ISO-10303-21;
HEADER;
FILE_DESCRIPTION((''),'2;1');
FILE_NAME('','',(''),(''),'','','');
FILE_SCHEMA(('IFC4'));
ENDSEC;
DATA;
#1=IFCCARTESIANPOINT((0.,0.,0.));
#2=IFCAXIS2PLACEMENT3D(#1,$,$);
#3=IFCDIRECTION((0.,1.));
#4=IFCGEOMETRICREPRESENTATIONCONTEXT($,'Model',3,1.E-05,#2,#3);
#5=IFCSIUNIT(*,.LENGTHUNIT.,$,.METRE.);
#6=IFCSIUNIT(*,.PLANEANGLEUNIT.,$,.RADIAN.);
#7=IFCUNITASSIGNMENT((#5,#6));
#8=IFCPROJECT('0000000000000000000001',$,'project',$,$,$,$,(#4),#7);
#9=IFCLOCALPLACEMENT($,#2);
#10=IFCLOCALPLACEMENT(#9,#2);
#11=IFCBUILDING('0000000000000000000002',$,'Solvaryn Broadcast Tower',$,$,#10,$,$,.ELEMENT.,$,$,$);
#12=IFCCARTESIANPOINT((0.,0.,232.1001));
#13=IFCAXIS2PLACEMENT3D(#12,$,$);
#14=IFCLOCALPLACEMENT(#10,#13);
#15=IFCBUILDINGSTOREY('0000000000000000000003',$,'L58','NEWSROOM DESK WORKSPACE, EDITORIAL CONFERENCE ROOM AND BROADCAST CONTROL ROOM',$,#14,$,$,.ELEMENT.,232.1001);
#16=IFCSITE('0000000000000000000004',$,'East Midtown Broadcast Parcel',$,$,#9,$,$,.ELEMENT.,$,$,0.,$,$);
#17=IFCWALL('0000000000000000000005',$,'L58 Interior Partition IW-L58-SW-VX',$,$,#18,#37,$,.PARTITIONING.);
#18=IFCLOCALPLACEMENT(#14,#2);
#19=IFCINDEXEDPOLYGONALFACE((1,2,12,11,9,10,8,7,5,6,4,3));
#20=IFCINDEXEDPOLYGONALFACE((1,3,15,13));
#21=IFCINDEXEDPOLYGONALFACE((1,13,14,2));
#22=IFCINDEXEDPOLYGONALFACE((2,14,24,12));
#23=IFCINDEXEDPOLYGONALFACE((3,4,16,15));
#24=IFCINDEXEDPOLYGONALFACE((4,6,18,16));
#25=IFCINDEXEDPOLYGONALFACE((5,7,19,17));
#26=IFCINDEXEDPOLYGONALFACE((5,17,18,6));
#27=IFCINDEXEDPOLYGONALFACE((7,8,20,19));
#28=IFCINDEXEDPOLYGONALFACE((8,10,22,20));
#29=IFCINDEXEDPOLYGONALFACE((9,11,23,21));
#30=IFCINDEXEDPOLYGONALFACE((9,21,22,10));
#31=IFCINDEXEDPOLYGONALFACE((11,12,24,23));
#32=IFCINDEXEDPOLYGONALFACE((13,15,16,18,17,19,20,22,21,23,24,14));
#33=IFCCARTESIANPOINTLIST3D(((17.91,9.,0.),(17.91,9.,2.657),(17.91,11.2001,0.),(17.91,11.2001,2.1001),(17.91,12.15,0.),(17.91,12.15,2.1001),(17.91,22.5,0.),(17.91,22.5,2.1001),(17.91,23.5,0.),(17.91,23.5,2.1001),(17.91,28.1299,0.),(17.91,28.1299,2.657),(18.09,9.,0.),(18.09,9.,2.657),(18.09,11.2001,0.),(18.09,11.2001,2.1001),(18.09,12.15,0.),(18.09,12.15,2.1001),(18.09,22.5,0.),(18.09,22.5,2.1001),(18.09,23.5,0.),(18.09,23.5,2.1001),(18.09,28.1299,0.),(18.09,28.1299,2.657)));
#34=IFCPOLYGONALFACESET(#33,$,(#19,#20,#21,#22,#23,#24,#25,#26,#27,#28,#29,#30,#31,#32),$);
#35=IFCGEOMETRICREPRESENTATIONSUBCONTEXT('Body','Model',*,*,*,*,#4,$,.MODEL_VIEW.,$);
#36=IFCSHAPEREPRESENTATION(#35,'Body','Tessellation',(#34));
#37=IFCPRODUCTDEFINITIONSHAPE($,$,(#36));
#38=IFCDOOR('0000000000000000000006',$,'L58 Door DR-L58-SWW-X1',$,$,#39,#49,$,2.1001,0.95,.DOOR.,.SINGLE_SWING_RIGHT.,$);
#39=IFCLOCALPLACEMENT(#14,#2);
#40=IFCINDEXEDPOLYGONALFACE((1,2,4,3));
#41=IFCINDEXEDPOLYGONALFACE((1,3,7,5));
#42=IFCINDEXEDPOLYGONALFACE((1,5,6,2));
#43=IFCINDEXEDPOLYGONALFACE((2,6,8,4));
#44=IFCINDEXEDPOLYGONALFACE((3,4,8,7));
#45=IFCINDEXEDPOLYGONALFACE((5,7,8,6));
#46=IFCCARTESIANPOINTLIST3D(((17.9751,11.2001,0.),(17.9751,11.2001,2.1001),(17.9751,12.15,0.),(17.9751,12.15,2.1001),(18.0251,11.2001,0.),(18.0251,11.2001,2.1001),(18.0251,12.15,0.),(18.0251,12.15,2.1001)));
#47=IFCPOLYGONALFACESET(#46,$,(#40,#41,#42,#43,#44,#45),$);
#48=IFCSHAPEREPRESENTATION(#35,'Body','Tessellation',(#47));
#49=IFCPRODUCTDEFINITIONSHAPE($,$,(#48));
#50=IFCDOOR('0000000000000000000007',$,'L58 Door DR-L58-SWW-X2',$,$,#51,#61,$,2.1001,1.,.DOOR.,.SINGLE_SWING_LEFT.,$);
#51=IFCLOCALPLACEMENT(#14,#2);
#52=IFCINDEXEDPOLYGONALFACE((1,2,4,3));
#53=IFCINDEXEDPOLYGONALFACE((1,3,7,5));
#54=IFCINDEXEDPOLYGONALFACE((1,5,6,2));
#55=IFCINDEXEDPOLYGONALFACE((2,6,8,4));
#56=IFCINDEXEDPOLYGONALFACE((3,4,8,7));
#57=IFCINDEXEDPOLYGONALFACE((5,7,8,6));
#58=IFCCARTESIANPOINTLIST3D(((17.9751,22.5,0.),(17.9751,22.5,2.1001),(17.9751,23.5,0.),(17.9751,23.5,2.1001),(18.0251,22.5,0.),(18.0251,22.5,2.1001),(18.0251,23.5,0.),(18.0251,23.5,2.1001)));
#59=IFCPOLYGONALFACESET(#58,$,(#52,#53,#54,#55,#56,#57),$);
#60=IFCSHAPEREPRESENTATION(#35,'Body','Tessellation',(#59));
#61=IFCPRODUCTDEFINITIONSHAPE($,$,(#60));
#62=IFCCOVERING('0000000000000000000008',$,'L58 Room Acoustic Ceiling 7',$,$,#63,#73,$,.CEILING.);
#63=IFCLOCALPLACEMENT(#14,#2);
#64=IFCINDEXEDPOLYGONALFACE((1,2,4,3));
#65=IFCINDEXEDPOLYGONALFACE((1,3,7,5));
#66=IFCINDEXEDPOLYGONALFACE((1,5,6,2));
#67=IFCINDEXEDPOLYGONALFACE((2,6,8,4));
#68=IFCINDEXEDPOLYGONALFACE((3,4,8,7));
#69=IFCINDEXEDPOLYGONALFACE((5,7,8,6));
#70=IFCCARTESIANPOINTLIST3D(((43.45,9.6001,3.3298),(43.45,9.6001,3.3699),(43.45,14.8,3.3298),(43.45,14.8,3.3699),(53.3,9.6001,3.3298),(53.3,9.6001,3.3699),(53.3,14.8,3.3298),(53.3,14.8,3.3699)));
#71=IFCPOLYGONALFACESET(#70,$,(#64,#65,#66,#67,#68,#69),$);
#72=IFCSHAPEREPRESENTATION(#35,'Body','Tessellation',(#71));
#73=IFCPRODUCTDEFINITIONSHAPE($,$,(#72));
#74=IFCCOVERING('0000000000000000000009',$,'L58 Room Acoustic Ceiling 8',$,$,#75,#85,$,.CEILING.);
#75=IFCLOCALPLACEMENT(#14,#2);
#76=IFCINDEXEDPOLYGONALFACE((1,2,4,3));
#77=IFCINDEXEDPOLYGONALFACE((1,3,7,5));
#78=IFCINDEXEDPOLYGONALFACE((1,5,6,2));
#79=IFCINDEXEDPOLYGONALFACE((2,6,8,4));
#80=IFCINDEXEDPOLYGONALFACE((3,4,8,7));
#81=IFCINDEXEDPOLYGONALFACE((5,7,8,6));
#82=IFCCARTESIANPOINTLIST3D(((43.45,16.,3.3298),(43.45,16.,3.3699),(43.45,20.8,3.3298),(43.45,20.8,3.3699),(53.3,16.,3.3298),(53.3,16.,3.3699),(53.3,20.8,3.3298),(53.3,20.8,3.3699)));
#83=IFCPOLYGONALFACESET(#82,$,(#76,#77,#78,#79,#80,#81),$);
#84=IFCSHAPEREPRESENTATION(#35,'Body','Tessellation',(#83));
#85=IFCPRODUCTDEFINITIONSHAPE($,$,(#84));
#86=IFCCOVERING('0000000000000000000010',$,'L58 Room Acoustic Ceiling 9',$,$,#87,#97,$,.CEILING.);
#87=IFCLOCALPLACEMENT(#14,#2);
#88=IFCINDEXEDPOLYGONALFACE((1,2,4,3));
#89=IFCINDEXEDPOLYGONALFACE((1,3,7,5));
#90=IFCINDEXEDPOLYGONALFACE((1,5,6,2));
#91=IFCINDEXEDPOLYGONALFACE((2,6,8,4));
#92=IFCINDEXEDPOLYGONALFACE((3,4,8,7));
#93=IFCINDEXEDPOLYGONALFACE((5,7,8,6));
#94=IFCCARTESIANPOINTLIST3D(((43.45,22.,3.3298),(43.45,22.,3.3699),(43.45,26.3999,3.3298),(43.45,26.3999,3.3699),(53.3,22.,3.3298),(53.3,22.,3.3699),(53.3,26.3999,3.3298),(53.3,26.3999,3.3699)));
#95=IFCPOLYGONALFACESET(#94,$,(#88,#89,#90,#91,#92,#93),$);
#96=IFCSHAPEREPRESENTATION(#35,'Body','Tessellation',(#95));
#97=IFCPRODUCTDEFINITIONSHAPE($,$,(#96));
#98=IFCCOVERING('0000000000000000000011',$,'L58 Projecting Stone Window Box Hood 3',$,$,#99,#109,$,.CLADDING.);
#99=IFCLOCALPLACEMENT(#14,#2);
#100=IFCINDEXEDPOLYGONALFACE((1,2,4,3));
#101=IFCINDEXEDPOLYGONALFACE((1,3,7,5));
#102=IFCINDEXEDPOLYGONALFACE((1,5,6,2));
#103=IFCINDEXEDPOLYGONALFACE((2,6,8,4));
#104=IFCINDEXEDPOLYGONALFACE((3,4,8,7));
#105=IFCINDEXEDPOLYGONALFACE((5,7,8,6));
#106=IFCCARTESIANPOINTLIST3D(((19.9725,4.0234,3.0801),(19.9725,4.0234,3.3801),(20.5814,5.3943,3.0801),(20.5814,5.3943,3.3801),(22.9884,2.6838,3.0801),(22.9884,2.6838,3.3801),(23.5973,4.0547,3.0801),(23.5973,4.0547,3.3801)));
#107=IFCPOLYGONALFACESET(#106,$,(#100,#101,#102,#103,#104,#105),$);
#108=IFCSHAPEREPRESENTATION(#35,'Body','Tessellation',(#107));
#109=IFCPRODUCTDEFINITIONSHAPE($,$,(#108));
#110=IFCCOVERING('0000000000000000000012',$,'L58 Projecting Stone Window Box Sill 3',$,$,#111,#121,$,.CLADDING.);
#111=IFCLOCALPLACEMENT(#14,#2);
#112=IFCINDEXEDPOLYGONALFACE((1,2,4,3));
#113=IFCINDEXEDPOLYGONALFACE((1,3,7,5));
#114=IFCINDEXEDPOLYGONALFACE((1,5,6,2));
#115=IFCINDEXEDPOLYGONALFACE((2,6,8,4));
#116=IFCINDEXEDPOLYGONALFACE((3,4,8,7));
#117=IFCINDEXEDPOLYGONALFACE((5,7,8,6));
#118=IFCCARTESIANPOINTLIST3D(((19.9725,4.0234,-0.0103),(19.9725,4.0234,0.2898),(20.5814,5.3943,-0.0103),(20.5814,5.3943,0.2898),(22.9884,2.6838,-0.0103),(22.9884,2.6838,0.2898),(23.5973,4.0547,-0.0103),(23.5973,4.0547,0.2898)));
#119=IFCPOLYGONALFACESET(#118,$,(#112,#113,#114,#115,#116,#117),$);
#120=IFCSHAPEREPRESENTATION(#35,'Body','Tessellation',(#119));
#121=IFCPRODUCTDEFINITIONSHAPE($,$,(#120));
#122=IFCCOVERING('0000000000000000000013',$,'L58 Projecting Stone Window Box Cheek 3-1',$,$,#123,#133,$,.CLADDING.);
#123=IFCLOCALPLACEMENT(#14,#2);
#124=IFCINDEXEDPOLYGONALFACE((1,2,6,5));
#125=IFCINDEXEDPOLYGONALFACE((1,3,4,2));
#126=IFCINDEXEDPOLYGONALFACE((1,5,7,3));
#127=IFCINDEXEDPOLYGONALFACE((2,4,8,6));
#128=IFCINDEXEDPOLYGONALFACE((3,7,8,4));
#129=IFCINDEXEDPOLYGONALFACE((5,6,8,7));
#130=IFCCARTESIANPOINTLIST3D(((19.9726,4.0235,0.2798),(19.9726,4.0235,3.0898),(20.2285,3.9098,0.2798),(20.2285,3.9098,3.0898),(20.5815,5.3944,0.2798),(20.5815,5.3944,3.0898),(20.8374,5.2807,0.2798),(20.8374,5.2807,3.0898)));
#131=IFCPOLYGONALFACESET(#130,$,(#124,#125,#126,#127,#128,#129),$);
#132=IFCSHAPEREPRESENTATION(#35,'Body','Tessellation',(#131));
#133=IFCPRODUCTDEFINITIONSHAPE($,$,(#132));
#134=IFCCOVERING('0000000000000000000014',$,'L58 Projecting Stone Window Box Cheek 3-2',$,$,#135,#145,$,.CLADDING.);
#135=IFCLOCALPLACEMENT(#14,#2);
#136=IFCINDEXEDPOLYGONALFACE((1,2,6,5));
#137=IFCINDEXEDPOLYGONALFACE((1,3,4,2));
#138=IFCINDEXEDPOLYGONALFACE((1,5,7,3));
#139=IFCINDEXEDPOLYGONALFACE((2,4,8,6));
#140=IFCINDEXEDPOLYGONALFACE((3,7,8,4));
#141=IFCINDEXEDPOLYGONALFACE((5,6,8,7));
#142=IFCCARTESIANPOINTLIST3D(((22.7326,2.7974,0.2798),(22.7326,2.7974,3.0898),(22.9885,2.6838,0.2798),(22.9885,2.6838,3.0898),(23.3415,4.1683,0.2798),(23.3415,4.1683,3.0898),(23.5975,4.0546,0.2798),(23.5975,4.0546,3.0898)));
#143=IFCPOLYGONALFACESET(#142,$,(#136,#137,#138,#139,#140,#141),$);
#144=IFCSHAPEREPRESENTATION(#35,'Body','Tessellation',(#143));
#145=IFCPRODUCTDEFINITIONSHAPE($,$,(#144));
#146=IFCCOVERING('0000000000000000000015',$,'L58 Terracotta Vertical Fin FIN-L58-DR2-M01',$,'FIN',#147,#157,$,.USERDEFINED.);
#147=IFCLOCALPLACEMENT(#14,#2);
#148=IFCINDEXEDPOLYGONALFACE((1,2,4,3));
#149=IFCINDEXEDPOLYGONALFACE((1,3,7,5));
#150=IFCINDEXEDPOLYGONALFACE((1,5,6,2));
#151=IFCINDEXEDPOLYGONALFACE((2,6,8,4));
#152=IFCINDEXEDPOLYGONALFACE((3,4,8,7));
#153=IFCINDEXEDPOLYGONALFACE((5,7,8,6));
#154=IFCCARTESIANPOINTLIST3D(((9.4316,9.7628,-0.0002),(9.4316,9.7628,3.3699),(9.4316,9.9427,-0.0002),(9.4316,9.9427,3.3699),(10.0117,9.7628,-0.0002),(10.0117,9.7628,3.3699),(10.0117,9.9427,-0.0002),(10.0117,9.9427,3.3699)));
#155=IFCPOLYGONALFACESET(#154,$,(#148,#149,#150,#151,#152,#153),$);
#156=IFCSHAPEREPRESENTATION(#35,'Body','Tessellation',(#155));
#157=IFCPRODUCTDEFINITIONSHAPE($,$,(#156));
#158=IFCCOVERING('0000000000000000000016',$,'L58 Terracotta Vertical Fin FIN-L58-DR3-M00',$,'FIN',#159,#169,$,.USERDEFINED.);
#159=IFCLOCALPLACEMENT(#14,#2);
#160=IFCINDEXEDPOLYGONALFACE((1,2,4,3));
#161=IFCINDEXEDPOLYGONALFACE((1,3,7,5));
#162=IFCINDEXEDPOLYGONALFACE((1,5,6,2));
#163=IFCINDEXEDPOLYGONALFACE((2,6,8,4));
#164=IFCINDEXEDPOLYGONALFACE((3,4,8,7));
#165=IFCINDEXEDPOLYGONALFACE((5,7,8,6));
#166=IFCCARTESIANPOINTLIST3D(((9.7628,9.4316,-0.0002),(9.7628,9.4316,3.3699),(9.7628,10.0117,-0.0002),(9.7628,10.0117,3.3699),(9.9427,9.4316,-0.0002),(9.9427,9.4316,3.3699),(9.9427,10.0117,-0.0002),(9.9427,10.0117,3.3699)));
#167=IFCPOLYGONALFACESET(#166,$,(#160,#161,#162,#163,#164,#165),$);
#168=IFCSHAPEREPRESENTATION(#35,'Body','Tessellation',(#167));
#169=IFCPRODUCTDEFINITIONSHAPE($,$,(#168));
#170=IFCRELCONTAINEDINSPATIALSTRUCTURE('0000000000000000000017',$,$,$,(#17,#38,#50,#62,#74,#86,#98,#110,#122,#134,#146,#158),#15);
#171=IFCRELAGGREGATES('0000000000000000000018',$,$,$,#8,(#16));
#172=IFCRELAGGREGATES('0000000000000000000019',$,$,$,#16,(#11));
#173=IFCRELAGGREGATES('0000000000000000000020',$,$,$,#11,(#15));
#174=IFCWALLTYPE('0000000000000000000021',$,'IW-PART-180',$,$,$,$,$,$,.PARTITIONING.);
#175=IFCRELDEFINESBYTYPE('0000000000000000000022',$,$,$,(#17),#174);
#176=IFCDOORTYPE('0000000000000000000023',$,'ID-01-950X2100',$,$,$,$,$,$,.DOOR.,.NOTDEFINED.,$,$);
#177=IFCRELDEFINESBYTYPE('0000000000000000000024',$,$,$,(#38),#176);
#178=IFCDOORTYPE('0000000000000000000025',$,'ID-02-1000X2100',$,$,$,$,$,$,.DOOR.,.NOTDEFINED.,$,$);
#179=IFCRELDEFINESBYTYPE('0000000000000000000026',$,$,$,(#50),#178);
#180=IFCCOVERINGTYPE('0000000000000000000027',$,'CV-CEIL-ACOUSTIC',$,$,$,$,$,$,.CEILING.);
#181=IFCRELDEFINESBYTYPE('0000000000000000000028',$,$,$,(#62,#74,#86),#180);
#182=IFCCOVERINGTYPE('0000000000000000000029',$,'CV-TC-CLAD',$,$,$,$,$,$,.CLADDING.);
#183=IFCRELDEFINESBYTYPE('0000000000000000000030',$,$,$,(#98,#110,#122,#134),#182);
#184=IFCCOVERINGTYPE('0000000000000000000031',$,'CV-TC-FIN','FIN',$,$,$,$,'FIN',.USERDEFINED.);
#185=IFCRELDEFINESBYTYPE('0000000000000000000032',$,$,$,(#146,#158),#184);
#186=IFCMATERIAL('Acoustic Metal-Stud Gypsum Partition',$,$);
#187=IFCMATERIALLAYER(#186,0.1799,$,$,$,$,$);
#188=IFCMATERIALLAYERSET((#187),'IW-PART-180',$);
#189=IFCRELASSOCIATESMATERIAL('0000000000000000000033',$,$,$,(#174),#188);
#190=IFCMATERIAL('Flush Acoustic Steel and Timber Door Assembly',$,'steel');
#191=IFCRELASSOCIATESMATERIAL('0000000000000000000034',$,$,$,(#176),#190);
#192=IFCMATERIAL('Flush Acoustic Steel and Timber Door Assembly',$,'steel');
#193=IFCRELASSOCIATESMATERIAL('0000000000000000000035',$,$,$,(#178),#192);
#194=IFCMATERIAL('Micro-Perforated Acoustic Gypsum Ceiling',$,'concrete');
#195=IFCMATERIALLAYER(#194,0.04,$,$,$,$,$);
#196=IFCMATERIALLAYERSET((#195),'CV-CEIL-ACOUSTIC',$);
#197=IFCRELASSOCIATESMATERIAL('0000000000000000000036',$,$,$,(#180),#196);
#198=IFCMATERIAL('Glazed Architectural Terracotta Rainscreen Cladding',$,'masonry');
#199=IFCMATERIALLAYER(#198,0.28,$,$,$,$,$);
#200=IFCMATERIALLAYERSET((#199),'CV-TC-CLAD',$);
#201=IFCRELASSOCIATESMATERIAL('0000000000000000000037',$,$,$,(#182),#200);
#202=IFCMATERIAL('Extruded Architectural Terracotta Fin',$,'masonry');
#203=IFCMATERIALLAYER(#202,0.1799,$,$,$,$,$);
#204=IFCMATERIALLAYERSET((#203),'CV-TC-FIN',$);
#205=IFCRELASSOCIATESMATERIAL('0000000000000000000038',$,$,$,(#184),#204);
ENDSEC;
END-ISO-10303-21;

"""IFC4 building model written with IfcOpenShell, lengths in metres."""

from ifc_helpers import new_model, si_unit, direction, frame, frame_2d, origin, origin_2d, place, context, subcontext, project, spatial, polyline, rectangle, outline, extrude, material, layer, layer_set, type_object, element, fill, save


model = new_model("IFC4")

# Units and contexts
model_context = context("Model", 3, precision=1e-05, world=origin(), true_north=direction((0.0, 1.0)))
body_context = subcontext(model_context, "Body", "Model", "MODEL_VIEW")
ifc_project = project(units=[si_unit("LENGTHUNIT", "METRE"), si_unit("PLANEANGLEUNIT", "RADIAN")], contexts=[model_context])

# Site, building, storey
site_placement = place(None, origin())
site = spatial("IfcSite", under=ifc_project, at=site_placement, Name="East Midtown Broadcast Parcel", CompositionType="ELEMENT", RefElevation=0.0)
building_placement = place(site_placement, origin())
building = spatial("IfcBuilding", under=site, at=building_placement, Name="Solvaryn Broadcast Tower", CompositionType="ELEMENT")
storey_placement = place(building_placement, frame((0.0, 0.0, 232.1001)))
storey = spatial("IfcBuildingStorey", under=building, at=storey_placement, Name="L58", Description="NEWSROOM DESK WORKSPACE, EDITORIAL CONFERENCE ROOM AND BROADCAST CONTROL ROOM", CompositionType="ELEMENT", Elevation=232.1001)

# Wall, openings, doors
ifc_material_1 = material(Name="Acoustic Metal-Stud Gypsum Partition")
ifc_layer_1 = layer(ifc_material_1, 0.1799)
ifc_layer_set_1 = layer_set([ifc_layer_1], Name="IW-PART-180")
wall_type = type_object("IfcWallType", Name="IW-PART-180", PredefinedType="PARTITIONING", material=ifc_layer_set_1)
wall_placement = place(storey_placement, frame((18.0, 9.0, 0.0), z_axis=(0.0, 0.0, 1.0), x_axis=(0.0, 1.0, 0.0)))
wall = element("IfcWall", 1, at=wall_placement, inside=storey, type_object=wall_type, Name="L58 Interior Partition IW-L58-SW-VX", PredefinedType="PARTITIONING", context=body_context, shape_type="SweptSolid", body=[
    extrude(rectangle(XDim=19.1299, YDim=0.1799, at=frame_2d((9.5649, 0.0))), origin(), (0.0, 0.0, 1.0), 2.657),
])
opening_1_placement = place(wall_placement, frame((2.2, 0.0, 0.0)))
opening_1 = element("IfcOpeningElement", 2, at=opening_1_placement, cuts=wall, PredefinedType="OPENING", context=body_context, shape_type="SweptSolid", body=[
    extrude(rectangle(XDim=0.95, YDim=2.1001, at=frame_2d((0.4751, 1.05))), frame((0.0, 0.0999, 0.0), z_axis=(0.0, -1.0, 0.0), x_axis=(1.0, 0.0, 0.0)), (0.0, 0.0, 1.0), 0.2),
])
opening_2_placement = place(wall_placement, frame((13.5, 0.0, 0.0)))
opening_2 = element("IfcOpeningElement", 3, at=opening_2_placement, cuts=wall, PredefinedType="OPENING", context=body_context, shape_type="SweptSolid", body=[
    extrude(rectangle(XDim=1.0, YDim=2.1001, at=frame_2d((0.5, 1.05))), frame((0.0, 0.0999, 0.0), z_axis=(0.0, -1.0, 0.0), x_axis=(1.0, 0.0, 0.0)), (0.0, 0.0, 1.0), 0.2),
])
ifc_material_2 = material(Name="Flush Acoustic Steel and Timber Door Assembly", Category="steel")
door_type_1 = type_object("IfcDoorType", Name="ID-01-950X2100", OperationType="NOTDEFINED", PredefinedType="DOOR", material=ifc_material_2)
door_1_placement = place(opening_1_placement, origin())
door_1 = element("IfcDoor", 4, at=door_1_placement, inside=storey, type_object=door_type_1, Name="L58 Door DR-L58-SWW-X1", OperationType="SINGLE_SWING_RIGHT", OverallHeight=2.1001, OverallWidth=0.95, PredefinedType="DOOR", context=body_context, shape_type="SweptSolid", body=[
    extrude(rectangle(XDim=0.95, YDim=2.1001, at=frame_2d((0.4751, 1.05))), frame((0.0, 0.0249, 0.0), z_axis=(0.0, -1.0, 0.0), x_axis=(1.0, 0.0, 0.0)), (0.0, 0.0, 1.0), 0.05),
])
fill(opening_1, door_1)
ifc_material_3 = material(Name="Flush Acoustic Steel and Timber Door Assembly", Category="steel")
door_type_2 = type_object("IfcDoorType", Name="ID-02-1000X2100", OperationType="NOTDEFINED", PredefinedType="DOOR", material=ifc_material_3)
door_2_placement = place(opening_2_placement, origin())
door_2 = element("IfcDoor", 5, at=door_2_placement, inside=storey, type_object=door_type_2, Name="L58 Door DR-L58-SWW-X2", OperationType="SINGLE_SWING_LEFT", OverallHeight=2.1001, OverallWidth=1.0, PredefinedType="DOOR", context=body_context, shape_type="SweptSolid", body=[
    extrude(rectangle(XDim=1.0, YDim=2.1001, at=frame_2d((0.5, 1.05))), frame((0.0, 0.0249, 0.0), z_axis=(0.0, -1.0, 0.0), x_axis=(1.0, 0.0, 0.0)), (0.0, 0.0, 1.0), 0.05),
])
fill(opening_2, door_2)

# Coverings
ifc_material_4 = material(Name="Micro-Perforated Acoustic Gypsum Ceiling", Category="concrete")
ifc_layer_2 = layer(ifc_material_4, 0.04)
ifc_layer_set_2 = layer_set([ifc_layer_2], Name="CV-CEIL-ACOUSTIC")
covering_type_1 = type_object("IfcCoveringType", Name="CV-CEIL-ACOUSTIC", PredefinedType="CEILING", material=ifc_layer_set_2)
covering_1_placement = place(storey_placement, frame((0.0, 0.0, 3.3298)))
element("IfcCovering", 6, at=covering_1_placement, inside=storey, type_object=covering_type_1, Name="L58 Room Acoustic Ceiling 7", PredefinedType="CEILING", context=body_context, shape_type="SweptSolid", body=[
    extrude(outline(polyline([(43.45, 9.6001), (53.3, 9.6001), (53.3, 14.8), (43.45, 14.8), (43.45, 9.6001)])), origin(), (0.0, 0.0, 1.0), 0.04),
])
covering_2_placement = place(storey_placement, frame((0.0, 0.0, 3.3298)))
element("IfcCovering", 7, at=covering_2_placement, inside=storey, type_object=covering_type_1, Name="L58 Room Acoustic Ceiling 8", PredefinedType="CEILING", context=body_context, shape_type="SweptSolid", body=[
    extrude(outline(polyline([(43.45, 16.0), (53.3, 16.0), (53.3, 20.8), (43.45, 20.8), (43.45, 16.0)])), origin(), (0.0, 0.0, 1.0), 0.04),
])
covering_3_placement = place(storey_placement, frame((0.0, 0.0, 3.3298)))
element("IfcCovering", 8, at=covering_3_placement, inside=storey, type_object=covering_type_1, Name="L58 Room Acoustic Ceiling 9", PredefinedType="CEILING", context=body_context, shape_type="SweptSolid", body=[
    extrude(outline(polyline([(43.45, 22.0), (53.3, 22.0), (53.3, 26.3999), (43.45, 26.3999), (43.45, 22.0)])), origin(), (0.0, 0.0, 1.0), 0.04),
])
ifc_material_5 = material(Name="Glazed Architectural Terracotta Rainscreen Cladding", Category="masonry")
ifc_layer_3 = layer(ifc_material_5, 0.28)
ifc_layer_set_3 = layer_set([ifc_layer_3], Name="CV-TC-CLAD")
covering_type_2 = type_object("IfcCoveringType", Name="CV-TC-CLAD", PredefinedType="CLADDING", material=ifc_layer_set_3)
for number, where, z_axis, x_axis, name in (
    (9, (21.7849, 4.0391, 3.0801), (0.0, 0.0, 1.0), (0.9139, -0.405939, 0.0), "L58 Projecting Stone Window Box Hood 3"),
    (10, (21.7849, 4.0391, -0.0103), (0.0, 0.0, 1.0), (0.9139, -0.405939, 0.0), "L58 Projecting Stone Window Box Sill 3"),
):
    element("IfcCovering", number, at=place(storey_placement, frame(where, z_axis=z_axis, x_axis=x_axis)), inside=storey, type_object=covering_type_2, Name=name, PredefinedType="CLADDING", context=body_context, shape_type="SweptSolid", body=[
        extrude(rectangle(XDim=3.3, YDim=1.5, at=origin_2d()), origin(), (0.0, 0.0, 1.0), 0.3),
    ])
for number, where, z_axis, x_axis, name in (
    (11, (20.405, 4.6521, 0.2798), (0.0, 0.0, 1.0), (0.9139, -0.405939, 0.0), "L58 Projecting Stone Window Box Cheek 3-1"),
    (12, (23.165, 3.426, 0.2798), (0.0, 0.0, 1.0), (0.9139, -0.405939, 0.0), "L58 Projecting Stone Window Box Cheek 3-2"),
):
    element("IfcCovering", number, at=place(storey_placement, frame(where, z_axis=z_axis, x_axis=x_axis)), inside=storey, type_object=covering_type_2, Name=name, PredefinedType="CLADDING", context=body_context, shape_type="SweptSolid", body=[
        extrude(rectangle(XDim=0.28, YDim=1.5, at=origin_2d()), origin(), (0.0, 0.0, 1.0), 2.8101),
    ])
ifc_material_6 = material(Name="Extruded Architectural Terracotta Fin", Category="masonry")
ifc_layer_4 = layer(ifc_material_6, 0.1799)
ifc_layer_set_4 = layer_set([ifc_layer_4], Name="CV-TC-FIN")
covering_type_3 = type_object("IfcCoveringType", Name="CV-TC-FIN", Description="FIN", ElementType="FIN", PredefinedType="USERDEFINED", material=ifc_layer_set_4)
covering_4_placement = place(storey_placement, frame((9.7217, 9.8528, -0.0002), z_axis=(0.0, 0.0, 1.0), x_axis=(1.0, 0.0, 0.0)))
element("IfcCovering", 13, at=covering_4_placement, inside=storey, type_object=covering_type_3, Name="L58 Terracotta Vertical Fin FIN-L58-DR2-M01", ObjectType="FIN", PredefinedType="USERDEFINED", context=body_context, shape_type="SweptSolid", body=[
    extrude(rectangle(XDim=0.5801, YDim=0.1799, at=origin_2d()), origin(), (0.0, 0.0, 1.0), 3.3701),
])
covering_5_placement = place(storey_placement, frame((9.8528, 9.7217, -0.0002), z_axis=(0.0, 0.0, 1.0), x_axis=(1.0, 0.0, 0.0)))
element("IfcCovering", 14, at=covering_5_placement, inside=storey, type_object=covering_type_3, Name="L58 Terracotta Vertical Fin FIN-L58-DR3-M00", ObjectType="FIN", PredefinedType="USERDEFINED", context=body_context, shape_type="SweptSolid", body=[
    extrude(rectangle(XDim=0.1799, YDim=0.5801, at=origin_2d()), origin(), (0.0, 0.0, 1.0), 3.3701),
])

save(model, "model.ifc")
